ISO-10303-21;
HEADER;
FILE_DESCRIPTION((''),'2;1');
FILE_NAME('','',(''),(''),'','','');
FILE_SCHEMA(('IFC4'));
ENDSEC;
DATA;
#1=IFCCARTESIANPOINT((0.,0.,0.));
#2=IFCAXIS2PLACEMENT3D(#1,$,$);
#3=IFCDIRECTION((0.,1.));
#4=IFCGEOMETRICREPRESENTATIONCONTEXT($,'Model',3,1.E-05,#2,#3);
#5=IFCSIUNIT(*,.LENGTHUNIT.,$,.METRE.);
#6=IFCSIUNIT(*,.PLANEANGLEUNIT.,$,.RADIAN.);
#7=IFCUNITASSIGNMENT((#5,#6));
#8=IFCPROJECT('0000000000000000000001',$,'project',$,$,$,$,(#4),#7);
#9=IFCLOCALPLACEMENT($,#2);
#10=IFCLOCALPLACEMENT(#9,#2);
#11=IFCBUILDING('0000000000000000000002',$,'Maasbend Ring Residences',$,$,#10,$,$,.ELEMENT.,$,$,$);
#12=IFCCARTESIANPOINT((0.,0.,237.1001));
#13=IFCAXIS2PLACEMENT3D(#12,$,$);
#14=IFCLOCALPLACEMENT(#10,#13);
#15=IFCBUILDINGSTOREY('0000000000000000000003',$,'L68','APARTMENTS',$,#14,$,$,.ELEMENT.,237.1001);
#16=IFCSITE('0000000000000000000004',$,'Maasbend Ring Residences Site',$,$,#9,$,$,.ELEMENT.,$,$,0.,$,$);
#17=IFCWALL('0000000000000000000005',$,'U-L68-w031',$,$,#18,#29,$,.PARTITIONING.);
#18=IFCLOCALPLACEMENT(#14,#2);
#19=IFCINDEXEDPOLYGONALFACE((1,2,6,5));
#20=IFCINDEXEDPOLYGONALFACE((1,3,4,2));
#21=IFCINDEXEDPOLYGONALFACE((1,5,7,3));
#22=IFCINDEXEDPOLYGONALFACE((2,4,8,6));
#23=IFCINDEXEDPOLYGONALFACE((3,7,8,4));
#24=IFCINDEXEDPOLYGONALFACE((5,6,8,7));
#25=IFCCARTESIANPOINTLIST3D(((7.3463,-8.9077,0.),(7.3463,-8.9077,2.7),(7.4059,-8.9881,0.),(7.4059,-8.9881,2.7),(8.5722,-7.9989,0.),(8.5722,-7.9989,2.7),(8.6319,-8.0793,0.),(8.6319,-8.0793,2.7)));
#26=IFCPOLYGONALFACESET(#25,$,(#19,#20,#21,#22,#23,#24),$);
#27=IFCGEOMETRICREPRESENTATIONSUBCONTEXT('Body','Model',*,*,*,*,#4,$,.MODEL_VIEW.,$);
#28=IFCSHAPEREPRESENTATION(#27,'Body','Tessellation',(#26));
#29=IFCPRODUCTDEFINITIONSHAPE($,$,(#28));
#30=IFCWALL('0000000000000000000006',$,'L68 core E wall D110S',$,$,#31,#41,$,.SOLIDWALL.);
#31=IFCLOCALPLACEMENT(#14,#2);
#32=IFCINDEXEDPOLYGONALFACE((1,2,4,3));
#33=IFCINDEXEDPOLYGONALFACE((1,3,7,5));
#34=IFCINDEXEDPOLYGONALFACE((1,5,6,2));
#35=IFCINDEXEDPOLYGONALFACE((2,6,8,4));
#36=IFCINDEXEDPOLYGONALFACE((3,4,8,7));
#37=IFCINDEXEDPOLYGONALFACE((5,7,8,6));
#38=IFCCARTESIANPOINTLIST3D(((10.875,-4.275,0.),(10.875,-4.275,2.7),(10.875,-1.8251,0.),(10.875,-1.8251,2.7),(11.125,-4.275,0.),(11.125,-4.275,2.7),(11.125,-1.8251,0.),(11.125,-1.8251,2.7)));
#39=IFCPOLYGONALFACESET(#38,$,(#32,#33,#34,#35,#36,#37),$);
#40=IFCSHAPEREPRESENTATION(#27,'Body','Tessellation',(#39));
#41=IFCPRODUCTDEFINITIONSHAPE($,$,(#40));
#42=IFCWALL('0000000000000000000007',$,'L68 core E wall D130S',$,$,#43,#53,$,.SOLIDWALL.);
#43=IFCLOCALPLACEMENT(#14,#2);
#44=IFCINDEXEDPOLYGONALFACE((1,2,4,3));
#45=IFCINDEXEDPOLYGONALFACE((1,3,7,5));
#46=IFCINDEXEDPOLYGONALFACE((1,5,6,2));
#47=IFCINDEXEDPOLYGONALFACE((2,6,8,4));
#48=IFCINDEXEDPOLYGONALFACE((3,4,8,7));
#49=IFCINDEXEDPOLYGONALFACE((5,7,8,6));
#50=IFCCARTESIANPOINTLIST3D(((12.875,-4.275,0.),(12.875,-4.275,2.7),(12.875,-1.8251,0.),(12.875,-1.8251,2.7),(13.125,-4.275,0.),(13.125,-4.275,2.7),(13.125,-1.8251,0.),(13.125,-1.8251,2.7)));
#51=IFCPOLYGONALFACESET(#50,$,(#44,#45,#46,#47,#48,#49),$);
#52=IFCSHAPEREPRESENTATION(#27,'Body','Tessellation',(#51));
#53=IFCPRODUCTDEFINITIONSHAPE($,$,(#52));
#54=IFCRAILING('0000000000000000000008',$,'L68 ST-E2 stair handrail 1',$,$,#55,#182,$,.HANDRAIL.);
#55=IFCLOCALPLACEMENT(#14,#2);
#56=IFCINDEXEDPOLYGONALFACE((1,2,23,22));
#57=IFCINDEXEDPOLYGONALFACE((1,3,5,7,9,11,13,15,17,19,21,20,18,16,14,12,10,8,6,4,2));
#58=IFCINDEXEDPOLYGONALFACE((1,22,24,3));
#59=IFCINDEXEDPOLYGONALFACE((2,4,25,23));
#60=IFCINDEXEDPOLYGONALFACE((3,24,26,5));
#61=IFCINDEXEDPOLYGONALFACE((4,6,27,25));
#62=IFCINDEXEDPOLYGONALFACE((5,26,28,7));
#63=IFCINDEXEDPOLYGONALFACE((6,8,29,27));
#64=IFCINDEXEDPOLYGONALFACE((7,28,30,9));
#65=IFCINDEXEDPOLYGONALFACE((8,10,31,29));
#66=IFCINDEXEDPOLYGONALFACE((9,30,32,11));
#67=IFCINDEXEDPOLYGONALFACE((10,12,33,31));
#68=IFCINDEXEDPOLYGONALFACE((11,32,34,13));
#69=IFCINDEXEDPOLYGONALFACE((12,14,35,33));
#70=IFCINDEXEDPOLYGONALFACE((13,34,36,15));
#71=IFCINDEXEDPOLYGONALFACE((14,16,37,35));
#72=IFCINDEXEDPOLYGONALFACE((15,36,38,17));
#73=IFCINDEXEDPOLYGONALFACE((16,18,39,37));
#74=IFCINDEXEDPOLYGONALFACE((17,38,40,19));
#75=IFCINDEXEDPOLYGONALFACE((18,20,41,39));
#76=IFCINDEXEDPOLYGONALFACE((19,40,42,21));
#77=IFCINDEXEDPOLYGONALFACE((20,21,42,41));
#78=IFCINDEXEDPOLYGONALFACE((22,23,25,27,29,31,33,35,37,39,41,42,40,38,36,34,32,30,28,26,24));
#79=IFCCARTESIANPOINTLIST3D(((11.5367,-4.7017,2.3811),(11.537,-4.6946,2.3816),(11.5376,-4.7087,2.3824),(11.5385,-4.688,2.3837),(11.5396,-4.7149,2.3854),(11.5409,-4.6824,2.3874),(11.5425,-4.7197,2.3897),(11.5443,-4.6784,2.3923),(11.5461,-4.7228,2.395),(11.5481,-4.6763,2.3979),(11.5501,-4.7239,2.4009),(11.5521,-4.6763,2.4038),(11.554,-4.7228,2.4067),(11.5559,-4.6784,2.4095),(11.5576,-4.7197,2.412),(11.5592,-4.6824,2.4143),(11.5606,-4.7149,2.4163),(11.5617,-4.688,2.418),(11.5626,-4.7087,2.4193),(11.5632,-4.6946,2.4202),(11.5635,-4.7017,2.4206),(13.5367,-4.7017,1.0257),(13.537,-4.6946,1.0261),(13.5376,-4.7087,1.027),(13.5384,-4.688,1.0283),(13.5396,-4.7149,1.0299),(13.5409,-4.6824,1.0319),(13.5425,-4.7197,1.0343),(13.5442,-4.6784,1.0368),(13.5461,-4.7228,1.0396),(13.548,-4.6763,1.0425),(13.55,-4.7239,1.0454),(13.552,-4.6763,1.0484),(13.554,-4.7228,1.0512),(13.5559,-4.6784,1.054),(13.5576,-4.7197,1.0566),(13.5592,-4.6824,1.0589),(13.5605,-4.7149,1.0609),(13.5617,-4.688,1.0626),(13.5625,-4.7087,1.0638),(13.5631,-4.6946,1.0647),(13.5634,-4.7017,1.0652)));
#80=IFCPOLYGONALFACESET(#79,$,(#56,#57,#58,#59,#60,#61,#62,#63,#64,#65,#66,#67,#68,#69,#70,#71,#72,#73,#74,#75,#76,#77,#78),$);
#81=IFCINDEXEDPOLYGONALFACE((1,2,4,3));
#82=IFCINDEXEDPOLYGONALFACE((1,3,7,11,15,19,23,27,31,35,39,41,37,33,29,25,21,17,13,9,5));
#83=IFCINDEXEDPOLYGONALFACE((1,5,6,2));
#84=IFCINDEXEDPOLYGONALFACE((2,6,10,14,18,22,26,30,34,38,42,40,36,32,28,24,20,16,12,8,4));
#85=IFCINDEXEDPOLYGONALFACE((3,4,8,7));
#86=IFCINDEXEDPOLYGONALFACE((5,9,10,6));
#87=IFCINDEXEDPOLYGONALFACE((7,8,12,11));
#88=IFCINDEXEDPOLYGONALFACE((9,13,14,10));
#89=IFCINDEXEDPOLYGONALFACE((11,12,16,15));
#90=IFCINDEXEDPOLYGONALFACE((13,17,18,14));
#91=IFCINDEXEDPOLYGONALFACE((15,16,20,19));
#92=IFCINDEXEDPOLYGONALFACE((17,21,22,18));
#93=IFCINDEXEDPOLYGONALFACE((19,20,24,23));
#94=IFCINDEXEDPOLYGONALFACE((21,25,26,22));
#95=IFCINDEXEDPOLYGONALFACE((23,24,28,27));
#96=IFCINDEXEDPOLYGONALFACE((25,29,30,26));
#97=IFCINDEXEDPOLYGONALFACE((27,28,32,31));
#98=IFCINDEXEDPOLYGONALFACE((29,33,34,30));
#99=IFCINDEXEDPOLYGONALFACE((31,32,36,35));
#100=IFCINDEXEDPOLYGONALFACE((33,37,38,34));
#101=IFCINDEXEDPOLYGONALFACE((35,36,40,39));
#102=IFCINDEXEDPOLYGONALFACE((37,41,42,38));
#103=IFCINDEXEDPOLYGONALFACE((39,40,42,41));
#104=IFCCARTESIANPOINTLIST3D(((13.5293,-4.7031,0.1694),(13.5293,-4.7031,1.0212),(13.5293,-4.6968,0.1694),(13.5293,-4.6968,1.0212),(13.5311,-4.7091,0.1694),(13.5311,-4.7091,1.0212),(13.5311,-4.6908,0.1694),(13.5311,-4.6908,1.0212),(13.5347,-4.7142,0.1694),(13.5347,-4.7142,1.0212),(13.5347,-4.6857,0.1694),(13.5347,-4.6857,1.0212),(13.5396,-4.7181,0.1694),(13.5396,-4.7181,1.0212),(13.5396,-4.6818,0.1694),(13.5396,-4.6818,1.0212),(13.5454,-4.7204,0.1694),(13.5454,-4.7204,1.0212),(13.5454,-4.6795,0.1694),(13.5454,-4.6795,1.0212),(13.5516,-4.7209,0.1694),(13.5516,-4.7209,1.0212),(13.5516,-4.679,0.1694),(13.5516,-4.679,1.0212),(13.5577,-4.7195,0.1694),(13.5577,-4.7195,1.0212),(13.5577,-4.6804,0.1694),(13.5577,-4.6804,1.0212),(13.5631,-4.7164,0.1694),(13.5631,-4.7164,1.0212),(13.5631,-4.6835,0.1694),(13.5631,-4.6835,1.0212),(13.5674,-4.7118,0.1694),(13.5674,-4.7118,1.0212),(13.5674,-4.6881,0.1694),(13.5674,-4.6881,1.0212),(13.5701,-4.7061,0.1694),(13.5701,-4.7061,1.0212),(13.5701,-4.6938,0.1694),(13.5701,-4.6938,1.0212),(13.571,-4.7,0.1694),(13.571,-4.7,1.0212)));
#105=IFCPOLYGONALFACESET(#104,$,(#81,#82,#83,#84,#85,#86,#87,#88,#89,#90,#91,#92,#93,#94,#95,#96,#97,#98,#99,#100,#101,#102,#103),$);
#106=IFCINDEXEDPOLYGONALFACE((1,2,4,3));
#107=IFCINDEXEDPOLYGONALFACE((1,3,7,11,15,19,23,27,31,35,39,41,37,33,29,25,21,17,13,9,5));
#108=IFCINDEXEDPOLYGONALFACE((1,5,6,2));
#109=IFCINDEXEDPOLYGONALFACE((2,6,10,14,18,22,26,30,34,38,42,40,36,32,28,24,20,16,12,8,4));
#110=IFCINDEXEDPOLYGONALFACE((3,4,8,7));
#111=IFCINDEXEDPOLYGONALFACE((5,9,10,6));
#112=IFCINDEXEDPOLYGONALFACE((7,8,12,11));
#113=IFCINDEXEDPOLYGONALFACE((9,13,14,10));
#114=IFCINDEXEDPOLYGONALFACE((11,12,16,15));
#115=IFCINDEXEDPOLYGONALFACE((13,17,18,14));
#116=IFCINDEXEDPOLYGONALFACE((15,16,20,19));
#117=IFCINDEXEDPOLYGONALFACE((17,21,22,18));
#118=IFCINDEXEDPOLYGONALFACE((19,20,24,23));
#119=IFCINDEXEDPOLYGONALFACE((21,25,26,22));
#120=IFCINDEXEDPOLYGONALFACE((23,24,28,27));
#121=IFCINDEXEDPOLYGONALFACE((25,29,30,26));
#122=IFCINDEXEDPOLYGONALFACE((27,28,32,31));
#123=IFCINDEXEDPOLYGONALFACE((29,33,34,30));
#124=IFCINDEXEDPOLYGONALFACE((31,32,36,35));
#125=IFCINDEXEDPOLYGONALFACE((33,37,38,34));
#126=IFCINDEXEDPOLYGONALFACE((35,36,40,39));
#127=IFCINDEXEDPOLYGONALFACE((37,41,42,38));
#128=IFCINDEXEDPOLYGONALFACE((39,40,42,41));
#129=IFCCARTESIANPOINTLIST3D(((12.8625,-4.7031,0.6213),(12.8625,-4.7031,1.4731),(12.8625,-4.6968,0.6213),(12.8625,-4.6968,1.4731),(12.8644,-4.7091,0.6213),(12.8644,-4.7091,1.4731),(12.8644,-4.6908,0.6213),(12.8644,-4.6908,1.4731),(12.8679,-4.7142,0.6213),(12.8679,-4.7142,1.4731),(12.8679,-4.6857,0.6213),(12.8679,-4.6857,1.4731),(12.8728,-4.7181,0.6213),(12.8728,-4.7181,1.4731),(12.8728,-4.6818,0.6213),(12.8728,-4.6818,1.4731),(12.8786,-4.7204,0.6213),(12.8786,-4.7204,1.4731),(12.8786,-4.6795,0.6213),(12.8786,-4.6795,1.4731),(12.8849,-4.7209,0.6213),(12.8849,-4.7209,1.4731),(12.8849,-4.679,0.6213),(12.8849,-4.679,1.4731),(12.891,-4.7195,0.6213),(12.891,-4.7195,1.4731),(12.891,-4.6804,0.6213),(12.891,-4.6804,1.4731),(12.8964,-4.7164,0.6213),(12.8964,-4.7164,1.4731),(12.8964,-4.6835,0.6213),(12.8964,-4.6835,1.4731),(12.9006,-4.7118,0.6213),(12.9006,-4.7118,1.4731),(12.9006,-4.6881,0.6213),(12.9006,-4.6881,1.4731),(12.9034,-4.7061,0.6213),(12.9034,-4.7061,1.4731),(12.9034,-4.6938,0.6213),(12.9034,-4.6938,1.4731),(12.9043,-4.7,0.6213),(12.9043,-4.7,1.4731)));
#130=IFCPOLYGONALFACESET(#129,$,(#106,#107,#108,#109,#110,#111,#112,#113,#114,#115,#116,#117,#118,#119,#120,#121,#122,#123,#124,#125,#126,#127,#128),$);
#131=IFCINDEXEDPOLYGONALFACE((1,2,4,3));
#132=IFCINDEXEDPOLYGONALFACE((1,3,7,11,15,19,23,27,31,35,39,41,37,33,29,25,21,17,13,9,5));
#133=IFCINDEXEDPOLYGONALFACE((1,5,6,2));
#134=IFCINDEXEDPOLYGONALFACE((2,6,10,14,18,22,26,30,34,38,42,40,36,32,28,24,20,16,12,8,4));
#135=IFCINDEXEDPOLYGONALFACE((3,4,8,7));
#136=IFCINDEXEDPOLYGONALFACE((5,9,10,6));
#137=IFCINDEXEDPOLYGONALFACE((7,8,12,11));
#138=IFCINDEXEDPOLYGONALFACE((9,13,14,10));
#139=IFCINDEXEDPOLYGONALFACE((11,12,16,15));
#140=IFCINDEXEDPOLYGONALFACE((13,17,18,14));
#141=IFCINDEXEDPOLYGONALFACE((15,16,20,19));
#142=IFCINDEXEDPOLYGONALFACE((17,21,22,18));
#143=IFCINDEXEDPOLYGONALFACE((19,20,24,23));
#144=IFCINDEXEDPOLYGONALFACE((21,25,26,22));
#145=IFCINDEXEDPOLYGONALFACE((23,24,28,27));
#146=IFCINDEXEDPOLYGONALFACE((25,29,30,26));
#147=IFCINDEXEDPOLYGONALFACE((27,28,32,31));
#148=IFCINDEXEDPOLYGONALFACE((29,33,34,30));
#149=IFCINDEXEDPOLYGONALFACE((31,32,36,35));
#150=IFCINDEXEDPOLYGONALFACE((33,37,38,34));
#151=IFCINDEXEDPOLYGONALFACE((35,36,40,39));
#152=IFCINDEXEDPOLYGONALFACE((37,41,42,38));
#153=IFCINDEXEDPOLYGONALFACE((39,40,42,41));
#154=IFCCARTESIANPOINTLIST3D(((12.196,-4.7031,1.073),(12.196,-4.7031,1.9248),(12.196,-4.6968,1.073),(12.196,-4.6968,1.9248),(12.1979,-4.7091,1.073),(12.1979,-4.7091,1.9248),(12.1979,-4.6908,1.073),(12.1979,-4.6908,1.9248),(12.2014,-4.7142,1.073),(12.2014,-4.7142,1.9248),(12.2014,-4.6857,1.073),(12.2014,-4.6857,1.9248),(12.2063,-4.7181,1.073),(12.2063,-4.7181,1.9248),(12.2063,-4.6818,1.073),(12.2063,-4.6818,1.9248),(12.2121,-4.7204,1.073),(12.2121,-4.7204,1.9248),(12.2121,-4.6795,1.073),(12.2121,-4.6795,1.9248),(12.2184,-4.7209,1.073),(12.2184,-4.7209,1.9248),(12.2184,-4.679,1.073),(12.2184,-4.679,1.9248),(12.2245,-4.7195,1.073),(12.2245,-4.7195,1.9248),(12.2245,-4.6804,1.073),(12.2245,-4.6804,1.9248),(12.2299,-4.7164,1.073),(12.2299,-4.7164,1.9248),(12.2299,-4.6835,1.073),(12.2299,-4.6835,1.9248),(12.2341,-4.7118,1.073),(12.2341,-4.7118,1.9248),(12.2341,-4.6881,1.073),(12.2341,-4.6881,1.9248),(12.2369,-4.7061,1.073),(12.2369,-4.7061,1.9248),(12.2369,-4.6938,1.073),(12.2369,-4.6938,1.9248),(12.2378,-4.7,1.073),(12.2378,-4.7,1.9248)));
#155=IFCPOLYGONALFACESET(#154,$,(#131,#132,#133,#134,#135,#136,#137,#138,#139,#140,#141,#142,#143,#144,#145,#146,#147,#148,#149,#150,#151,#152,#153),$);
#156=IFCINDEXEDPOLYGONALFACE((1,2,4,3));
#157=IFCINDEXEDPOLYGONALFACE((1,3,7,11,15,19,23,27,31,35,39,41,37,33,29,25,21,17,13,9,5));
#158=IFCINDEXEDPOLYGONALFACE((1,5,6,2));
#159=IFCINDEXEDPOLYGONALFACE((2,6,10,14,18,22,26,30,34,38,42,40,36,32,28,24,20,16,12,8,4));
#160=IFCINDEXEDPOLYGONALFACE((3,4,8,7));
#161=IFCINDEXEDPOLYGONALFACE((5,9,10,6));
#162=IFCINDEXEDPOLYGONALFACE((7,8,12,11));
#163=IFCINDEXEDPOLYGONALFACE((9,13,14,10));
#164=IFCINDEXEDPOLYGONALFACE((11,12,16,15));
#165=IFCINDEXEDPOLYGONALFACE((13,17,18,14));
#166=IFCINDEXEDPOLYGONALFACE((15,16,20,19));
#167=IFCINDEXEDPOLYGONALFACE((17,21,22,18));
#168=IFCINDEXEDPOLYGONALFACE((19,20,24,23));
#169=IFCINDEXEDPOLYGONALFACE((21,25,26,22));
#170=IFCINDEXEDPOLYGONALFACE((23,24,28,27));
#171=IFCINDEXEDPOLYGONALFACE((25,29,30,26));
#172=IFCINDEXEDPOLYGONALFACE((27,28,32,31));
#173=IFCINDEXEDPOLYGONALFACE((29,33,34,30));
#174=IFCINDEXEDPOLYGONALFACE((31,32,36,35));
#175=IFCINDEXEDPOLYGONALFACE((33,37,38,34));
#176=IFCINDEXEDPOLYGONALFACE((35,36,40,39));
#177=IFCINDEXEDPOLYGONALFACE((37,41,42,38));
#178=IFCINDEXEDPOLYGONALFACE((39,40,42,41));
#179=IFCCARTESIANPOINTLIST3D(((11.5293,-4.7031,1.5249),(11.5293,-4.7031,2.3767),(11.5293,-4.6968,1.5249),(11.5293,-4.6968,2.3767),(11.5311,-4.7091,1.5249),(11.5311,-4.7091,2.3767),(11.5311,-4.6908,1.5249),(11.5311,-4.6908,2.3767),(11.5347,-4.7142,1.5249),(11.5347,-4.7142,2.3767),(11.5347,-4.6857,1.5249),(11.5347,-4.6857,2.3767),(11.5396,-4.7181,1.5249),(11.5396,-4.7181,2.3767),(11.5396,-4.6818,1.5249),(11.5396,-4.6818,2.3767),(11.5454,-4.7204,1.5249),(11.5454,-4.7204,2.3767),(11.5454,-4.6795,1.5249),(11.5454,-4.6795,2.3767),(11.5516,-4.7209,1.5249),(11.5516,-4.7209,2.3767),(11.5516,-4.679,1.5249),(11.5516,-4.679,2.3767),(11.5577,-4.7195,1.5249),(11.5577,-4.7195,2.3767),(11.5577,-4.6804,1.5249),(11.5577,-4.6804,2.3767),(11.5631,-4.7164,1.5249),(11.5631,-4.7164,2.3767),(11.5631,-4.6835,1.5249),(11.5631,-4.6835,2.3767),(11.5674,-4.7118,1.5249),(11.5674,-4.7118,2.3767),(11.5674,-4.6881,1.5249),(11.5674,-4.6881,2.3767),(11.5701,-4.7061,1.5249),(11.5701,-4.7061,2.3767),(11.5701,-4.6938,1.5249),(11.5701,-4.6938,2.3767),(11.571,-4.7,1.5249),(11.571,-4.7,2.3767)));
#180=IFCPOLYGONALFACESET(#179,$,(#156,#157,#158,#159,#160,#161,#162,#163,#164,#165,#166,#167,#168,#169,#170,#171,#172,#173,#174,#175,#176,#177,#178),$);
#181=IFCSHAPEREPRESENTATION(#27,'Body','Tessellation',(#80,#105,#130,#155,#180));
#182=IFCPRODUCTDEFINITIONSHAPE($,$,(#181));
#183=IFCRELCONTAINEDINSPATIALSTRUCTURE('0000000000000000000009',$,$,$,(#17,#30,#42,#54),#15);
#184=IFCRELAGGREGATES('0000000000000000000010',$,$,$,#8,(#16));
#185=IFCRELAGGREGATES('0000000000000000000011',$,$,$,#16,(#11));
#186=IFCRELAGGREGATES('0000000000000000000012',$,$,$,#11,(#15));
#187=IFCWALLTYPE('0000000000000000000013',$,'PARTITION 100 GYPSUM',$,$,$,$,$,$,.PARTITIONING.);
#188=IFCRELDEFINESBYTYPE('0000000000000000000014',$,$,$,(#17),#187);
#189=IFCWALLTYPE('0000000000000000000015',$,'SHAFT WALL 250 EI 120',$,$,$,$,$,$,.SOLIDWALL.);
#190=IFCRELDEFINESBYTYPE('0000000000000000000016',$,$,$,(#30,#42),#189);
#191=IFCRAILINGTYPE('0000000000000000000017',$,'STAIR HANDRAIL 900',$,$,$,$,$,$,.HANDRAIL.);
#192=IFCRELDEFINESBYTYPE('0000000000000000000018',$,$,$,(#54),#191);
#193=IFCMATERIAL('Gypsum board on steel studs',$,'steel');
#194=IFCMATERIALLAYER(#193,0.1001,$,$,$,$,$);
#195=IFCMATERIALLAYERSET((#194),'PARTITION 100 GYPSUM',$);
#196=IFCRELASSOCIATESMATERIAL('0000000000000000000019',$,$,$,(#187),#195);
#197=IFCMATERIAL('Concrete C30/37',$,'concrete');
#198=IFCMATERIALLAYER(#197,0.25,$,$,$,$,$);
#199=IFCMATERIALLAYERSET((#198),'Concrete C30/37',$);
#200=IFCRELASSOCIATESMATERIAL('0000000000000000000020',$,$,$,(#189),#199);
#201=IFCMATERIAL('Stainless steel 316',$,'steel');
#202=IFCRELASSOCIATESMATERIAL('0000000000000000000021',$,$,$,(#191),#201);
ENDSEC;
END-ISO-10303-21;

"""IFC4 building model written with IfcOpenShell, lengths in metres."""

from ifc_helpers import new_model, si_unit, direction, frame, frame_2d, origin, origin_2d, place, context, subcontext, project, spatial, rectangle, circle, extrude, material, layer, layer_set, type_object, element, save


model = new_model("IFC4")

# Units and contexts
model_context = context("Model", 3, precision=1e-05, world=origin(), true_north=direction((0.0, 1.0)))
body_context = subcontext(model_context, "Body", "Model", "MODEL_VIEW")
ifc_project = project(units=[si_unit("LENGTHUNIT", "METRE"), si_unit("PLANEANGLEUNIT", "RADIAN")], contexts=[model_context])

# Site, building, storey
site_placement = place(None, origin())
site = spatial("IfcSite", under=ifc_project, at=site_placement, Name="Maasbend Ring Residences Site", CompositionType="ELEMENT", RefElevation=0.0)
building_placement = place(site_placement, origin())
building = spatial("IfcBuilding", under=site, at=building_placement, Name="Maasbend Ring Residences", CompositionType="ELEMENT")
storey_placement = place(building_placement, frame((0.0, 0.0, 237.1001)))
storey = spatial("IfcBuildingStorey", under=building, at=storey_placement, Name="L68", Description="APARTMENTS", CompositionType="ELEMENT", Elevation=237.1001)

# Walls
ifc_material_1 = material(Name="Gypsum board on steel studs", Category="steel")
ifc_layer_1 = layer(ifc_material_1, 0.1001)
ifc_layer_set_1 = layer_set([ifc_layer_1], Name="PARTITION 100 GYPSUM")
wall_type_1 = type_object("IfcWallType", Name="PARTITION 100 GYPSUM", PredefinedType="PARTITIONING", material=ifc_layer_set_1)
wall_1_placement = place(storey_placement, frame((7.376, -8.948, 0.0), z_axis=(0.0, 0.0, 1.0), x_axis=(0.803328, 0.595537, 0.0)))
element("IfcWall", 1, at=wall_1_placement, inside=storey, type_object=wall_type_1, Name="U-L68-w031", PredefinedType="PARTITIONING", context=body_context, shape_type="SweptSolid", body=[
    extrude(rectangle(XDim=1.5261, YDim=0.1001, at=frame_2d((0.7632, 0.0))), origin(), (0.0, 0.0, 1.0), 2.7),
])
ifc_material_2 = material(Name="Concrete C30/37", Category="concrete")
ifc_layer_2 = layer(ifc_material_2, 0.25)
ifc_layer_set_2 = layer_set([ifc_layer_2], Name="Concrete C30/37")
wall_type_2 = type_object("IfcWallType", Name="SHAFT WALL 250 EI 120", PredefinedType="SOLIDWALL", material=ifc_layer_set_2)
for number, where, z_axis, x_axis, name in (
    (2, (11.0, -1.825, 0.0), (0.0, 0.0, 1.0), (0.0, -1.0, 0.0), "L68 core E wall D110S"),
    (3, (13.0, -1.825, 0.0), (0.0, 0.0, 1.0), (0.0, -1.0, 0.0), "L68 core E wall D130S"),
):
    element("IfcWall", number, at=place(storey_placement, frame(where, z_axis=z_axis, x_axis=x_axis)), inside=storey, type_object=wall_type_2, Name=name, PredefinedType="SOLIDWALL", context=body_context, shape_type="SweptSolid", body=[
        extrude(rectangle(XDim=2.45, YDim=0.25, at=frame_2d((1.2251, 0.0))), origin(), (0.0, 0.0, 1.0), 2.7),
    ])

# Railing
ifc_material_3 = material(Name="Stainless steel 316", Category="steel")
railing_type = type_object("IfcRailingType", Name="STAIR HANDRAIL 900", PredefinedType="HANDRAIL", material=ifc_material_3)
railing_1_placement = place(storey_placement, frame((13.55, -4.7, 0.1694)))
element("IfcRailing", 4, at=railing_1_placement, inside=storey, type_object=railing_type, Name="L68 ST-E2 stair handrail 1", PredefinedType="HANDRAIL", context=body_context, shape_type="SweptSolid", body=[
    extrude(circle(Radius=0.0239, at=origin_2d()), frame((0.0, 0.0, 0.876), z_axis=(-0.827798, 0.0, 0.561027), x_axis=(0.0, -1.0, 0.0)), (0.0, 0.0, 1.0), 2.416),
    extrude(circle(Radius=0.021, at=origin_2d()), origin(), (0.0, 0.0, 1.0), 0.8518),
    extrude(circle(Radius=0.021, at=origin_2d()), frame((-0.6667, 0.0, 0.4519)), (0.0, 0.0, 1.0), 0.8518),
    extrude(circle(Radius=0.021, at=origin_2d()), frame((-1.3333, 0.0, 0.9036)), (0.0, 0.0, 1.0), 0.8518),
    extrude(circle(Radius=0.021, at=origin_2d()), frame((-2.0, 0.0, 1.3555)), (0.0, 0.0, 1.0), 0.8518),
])

save(model, "model.ifc")
